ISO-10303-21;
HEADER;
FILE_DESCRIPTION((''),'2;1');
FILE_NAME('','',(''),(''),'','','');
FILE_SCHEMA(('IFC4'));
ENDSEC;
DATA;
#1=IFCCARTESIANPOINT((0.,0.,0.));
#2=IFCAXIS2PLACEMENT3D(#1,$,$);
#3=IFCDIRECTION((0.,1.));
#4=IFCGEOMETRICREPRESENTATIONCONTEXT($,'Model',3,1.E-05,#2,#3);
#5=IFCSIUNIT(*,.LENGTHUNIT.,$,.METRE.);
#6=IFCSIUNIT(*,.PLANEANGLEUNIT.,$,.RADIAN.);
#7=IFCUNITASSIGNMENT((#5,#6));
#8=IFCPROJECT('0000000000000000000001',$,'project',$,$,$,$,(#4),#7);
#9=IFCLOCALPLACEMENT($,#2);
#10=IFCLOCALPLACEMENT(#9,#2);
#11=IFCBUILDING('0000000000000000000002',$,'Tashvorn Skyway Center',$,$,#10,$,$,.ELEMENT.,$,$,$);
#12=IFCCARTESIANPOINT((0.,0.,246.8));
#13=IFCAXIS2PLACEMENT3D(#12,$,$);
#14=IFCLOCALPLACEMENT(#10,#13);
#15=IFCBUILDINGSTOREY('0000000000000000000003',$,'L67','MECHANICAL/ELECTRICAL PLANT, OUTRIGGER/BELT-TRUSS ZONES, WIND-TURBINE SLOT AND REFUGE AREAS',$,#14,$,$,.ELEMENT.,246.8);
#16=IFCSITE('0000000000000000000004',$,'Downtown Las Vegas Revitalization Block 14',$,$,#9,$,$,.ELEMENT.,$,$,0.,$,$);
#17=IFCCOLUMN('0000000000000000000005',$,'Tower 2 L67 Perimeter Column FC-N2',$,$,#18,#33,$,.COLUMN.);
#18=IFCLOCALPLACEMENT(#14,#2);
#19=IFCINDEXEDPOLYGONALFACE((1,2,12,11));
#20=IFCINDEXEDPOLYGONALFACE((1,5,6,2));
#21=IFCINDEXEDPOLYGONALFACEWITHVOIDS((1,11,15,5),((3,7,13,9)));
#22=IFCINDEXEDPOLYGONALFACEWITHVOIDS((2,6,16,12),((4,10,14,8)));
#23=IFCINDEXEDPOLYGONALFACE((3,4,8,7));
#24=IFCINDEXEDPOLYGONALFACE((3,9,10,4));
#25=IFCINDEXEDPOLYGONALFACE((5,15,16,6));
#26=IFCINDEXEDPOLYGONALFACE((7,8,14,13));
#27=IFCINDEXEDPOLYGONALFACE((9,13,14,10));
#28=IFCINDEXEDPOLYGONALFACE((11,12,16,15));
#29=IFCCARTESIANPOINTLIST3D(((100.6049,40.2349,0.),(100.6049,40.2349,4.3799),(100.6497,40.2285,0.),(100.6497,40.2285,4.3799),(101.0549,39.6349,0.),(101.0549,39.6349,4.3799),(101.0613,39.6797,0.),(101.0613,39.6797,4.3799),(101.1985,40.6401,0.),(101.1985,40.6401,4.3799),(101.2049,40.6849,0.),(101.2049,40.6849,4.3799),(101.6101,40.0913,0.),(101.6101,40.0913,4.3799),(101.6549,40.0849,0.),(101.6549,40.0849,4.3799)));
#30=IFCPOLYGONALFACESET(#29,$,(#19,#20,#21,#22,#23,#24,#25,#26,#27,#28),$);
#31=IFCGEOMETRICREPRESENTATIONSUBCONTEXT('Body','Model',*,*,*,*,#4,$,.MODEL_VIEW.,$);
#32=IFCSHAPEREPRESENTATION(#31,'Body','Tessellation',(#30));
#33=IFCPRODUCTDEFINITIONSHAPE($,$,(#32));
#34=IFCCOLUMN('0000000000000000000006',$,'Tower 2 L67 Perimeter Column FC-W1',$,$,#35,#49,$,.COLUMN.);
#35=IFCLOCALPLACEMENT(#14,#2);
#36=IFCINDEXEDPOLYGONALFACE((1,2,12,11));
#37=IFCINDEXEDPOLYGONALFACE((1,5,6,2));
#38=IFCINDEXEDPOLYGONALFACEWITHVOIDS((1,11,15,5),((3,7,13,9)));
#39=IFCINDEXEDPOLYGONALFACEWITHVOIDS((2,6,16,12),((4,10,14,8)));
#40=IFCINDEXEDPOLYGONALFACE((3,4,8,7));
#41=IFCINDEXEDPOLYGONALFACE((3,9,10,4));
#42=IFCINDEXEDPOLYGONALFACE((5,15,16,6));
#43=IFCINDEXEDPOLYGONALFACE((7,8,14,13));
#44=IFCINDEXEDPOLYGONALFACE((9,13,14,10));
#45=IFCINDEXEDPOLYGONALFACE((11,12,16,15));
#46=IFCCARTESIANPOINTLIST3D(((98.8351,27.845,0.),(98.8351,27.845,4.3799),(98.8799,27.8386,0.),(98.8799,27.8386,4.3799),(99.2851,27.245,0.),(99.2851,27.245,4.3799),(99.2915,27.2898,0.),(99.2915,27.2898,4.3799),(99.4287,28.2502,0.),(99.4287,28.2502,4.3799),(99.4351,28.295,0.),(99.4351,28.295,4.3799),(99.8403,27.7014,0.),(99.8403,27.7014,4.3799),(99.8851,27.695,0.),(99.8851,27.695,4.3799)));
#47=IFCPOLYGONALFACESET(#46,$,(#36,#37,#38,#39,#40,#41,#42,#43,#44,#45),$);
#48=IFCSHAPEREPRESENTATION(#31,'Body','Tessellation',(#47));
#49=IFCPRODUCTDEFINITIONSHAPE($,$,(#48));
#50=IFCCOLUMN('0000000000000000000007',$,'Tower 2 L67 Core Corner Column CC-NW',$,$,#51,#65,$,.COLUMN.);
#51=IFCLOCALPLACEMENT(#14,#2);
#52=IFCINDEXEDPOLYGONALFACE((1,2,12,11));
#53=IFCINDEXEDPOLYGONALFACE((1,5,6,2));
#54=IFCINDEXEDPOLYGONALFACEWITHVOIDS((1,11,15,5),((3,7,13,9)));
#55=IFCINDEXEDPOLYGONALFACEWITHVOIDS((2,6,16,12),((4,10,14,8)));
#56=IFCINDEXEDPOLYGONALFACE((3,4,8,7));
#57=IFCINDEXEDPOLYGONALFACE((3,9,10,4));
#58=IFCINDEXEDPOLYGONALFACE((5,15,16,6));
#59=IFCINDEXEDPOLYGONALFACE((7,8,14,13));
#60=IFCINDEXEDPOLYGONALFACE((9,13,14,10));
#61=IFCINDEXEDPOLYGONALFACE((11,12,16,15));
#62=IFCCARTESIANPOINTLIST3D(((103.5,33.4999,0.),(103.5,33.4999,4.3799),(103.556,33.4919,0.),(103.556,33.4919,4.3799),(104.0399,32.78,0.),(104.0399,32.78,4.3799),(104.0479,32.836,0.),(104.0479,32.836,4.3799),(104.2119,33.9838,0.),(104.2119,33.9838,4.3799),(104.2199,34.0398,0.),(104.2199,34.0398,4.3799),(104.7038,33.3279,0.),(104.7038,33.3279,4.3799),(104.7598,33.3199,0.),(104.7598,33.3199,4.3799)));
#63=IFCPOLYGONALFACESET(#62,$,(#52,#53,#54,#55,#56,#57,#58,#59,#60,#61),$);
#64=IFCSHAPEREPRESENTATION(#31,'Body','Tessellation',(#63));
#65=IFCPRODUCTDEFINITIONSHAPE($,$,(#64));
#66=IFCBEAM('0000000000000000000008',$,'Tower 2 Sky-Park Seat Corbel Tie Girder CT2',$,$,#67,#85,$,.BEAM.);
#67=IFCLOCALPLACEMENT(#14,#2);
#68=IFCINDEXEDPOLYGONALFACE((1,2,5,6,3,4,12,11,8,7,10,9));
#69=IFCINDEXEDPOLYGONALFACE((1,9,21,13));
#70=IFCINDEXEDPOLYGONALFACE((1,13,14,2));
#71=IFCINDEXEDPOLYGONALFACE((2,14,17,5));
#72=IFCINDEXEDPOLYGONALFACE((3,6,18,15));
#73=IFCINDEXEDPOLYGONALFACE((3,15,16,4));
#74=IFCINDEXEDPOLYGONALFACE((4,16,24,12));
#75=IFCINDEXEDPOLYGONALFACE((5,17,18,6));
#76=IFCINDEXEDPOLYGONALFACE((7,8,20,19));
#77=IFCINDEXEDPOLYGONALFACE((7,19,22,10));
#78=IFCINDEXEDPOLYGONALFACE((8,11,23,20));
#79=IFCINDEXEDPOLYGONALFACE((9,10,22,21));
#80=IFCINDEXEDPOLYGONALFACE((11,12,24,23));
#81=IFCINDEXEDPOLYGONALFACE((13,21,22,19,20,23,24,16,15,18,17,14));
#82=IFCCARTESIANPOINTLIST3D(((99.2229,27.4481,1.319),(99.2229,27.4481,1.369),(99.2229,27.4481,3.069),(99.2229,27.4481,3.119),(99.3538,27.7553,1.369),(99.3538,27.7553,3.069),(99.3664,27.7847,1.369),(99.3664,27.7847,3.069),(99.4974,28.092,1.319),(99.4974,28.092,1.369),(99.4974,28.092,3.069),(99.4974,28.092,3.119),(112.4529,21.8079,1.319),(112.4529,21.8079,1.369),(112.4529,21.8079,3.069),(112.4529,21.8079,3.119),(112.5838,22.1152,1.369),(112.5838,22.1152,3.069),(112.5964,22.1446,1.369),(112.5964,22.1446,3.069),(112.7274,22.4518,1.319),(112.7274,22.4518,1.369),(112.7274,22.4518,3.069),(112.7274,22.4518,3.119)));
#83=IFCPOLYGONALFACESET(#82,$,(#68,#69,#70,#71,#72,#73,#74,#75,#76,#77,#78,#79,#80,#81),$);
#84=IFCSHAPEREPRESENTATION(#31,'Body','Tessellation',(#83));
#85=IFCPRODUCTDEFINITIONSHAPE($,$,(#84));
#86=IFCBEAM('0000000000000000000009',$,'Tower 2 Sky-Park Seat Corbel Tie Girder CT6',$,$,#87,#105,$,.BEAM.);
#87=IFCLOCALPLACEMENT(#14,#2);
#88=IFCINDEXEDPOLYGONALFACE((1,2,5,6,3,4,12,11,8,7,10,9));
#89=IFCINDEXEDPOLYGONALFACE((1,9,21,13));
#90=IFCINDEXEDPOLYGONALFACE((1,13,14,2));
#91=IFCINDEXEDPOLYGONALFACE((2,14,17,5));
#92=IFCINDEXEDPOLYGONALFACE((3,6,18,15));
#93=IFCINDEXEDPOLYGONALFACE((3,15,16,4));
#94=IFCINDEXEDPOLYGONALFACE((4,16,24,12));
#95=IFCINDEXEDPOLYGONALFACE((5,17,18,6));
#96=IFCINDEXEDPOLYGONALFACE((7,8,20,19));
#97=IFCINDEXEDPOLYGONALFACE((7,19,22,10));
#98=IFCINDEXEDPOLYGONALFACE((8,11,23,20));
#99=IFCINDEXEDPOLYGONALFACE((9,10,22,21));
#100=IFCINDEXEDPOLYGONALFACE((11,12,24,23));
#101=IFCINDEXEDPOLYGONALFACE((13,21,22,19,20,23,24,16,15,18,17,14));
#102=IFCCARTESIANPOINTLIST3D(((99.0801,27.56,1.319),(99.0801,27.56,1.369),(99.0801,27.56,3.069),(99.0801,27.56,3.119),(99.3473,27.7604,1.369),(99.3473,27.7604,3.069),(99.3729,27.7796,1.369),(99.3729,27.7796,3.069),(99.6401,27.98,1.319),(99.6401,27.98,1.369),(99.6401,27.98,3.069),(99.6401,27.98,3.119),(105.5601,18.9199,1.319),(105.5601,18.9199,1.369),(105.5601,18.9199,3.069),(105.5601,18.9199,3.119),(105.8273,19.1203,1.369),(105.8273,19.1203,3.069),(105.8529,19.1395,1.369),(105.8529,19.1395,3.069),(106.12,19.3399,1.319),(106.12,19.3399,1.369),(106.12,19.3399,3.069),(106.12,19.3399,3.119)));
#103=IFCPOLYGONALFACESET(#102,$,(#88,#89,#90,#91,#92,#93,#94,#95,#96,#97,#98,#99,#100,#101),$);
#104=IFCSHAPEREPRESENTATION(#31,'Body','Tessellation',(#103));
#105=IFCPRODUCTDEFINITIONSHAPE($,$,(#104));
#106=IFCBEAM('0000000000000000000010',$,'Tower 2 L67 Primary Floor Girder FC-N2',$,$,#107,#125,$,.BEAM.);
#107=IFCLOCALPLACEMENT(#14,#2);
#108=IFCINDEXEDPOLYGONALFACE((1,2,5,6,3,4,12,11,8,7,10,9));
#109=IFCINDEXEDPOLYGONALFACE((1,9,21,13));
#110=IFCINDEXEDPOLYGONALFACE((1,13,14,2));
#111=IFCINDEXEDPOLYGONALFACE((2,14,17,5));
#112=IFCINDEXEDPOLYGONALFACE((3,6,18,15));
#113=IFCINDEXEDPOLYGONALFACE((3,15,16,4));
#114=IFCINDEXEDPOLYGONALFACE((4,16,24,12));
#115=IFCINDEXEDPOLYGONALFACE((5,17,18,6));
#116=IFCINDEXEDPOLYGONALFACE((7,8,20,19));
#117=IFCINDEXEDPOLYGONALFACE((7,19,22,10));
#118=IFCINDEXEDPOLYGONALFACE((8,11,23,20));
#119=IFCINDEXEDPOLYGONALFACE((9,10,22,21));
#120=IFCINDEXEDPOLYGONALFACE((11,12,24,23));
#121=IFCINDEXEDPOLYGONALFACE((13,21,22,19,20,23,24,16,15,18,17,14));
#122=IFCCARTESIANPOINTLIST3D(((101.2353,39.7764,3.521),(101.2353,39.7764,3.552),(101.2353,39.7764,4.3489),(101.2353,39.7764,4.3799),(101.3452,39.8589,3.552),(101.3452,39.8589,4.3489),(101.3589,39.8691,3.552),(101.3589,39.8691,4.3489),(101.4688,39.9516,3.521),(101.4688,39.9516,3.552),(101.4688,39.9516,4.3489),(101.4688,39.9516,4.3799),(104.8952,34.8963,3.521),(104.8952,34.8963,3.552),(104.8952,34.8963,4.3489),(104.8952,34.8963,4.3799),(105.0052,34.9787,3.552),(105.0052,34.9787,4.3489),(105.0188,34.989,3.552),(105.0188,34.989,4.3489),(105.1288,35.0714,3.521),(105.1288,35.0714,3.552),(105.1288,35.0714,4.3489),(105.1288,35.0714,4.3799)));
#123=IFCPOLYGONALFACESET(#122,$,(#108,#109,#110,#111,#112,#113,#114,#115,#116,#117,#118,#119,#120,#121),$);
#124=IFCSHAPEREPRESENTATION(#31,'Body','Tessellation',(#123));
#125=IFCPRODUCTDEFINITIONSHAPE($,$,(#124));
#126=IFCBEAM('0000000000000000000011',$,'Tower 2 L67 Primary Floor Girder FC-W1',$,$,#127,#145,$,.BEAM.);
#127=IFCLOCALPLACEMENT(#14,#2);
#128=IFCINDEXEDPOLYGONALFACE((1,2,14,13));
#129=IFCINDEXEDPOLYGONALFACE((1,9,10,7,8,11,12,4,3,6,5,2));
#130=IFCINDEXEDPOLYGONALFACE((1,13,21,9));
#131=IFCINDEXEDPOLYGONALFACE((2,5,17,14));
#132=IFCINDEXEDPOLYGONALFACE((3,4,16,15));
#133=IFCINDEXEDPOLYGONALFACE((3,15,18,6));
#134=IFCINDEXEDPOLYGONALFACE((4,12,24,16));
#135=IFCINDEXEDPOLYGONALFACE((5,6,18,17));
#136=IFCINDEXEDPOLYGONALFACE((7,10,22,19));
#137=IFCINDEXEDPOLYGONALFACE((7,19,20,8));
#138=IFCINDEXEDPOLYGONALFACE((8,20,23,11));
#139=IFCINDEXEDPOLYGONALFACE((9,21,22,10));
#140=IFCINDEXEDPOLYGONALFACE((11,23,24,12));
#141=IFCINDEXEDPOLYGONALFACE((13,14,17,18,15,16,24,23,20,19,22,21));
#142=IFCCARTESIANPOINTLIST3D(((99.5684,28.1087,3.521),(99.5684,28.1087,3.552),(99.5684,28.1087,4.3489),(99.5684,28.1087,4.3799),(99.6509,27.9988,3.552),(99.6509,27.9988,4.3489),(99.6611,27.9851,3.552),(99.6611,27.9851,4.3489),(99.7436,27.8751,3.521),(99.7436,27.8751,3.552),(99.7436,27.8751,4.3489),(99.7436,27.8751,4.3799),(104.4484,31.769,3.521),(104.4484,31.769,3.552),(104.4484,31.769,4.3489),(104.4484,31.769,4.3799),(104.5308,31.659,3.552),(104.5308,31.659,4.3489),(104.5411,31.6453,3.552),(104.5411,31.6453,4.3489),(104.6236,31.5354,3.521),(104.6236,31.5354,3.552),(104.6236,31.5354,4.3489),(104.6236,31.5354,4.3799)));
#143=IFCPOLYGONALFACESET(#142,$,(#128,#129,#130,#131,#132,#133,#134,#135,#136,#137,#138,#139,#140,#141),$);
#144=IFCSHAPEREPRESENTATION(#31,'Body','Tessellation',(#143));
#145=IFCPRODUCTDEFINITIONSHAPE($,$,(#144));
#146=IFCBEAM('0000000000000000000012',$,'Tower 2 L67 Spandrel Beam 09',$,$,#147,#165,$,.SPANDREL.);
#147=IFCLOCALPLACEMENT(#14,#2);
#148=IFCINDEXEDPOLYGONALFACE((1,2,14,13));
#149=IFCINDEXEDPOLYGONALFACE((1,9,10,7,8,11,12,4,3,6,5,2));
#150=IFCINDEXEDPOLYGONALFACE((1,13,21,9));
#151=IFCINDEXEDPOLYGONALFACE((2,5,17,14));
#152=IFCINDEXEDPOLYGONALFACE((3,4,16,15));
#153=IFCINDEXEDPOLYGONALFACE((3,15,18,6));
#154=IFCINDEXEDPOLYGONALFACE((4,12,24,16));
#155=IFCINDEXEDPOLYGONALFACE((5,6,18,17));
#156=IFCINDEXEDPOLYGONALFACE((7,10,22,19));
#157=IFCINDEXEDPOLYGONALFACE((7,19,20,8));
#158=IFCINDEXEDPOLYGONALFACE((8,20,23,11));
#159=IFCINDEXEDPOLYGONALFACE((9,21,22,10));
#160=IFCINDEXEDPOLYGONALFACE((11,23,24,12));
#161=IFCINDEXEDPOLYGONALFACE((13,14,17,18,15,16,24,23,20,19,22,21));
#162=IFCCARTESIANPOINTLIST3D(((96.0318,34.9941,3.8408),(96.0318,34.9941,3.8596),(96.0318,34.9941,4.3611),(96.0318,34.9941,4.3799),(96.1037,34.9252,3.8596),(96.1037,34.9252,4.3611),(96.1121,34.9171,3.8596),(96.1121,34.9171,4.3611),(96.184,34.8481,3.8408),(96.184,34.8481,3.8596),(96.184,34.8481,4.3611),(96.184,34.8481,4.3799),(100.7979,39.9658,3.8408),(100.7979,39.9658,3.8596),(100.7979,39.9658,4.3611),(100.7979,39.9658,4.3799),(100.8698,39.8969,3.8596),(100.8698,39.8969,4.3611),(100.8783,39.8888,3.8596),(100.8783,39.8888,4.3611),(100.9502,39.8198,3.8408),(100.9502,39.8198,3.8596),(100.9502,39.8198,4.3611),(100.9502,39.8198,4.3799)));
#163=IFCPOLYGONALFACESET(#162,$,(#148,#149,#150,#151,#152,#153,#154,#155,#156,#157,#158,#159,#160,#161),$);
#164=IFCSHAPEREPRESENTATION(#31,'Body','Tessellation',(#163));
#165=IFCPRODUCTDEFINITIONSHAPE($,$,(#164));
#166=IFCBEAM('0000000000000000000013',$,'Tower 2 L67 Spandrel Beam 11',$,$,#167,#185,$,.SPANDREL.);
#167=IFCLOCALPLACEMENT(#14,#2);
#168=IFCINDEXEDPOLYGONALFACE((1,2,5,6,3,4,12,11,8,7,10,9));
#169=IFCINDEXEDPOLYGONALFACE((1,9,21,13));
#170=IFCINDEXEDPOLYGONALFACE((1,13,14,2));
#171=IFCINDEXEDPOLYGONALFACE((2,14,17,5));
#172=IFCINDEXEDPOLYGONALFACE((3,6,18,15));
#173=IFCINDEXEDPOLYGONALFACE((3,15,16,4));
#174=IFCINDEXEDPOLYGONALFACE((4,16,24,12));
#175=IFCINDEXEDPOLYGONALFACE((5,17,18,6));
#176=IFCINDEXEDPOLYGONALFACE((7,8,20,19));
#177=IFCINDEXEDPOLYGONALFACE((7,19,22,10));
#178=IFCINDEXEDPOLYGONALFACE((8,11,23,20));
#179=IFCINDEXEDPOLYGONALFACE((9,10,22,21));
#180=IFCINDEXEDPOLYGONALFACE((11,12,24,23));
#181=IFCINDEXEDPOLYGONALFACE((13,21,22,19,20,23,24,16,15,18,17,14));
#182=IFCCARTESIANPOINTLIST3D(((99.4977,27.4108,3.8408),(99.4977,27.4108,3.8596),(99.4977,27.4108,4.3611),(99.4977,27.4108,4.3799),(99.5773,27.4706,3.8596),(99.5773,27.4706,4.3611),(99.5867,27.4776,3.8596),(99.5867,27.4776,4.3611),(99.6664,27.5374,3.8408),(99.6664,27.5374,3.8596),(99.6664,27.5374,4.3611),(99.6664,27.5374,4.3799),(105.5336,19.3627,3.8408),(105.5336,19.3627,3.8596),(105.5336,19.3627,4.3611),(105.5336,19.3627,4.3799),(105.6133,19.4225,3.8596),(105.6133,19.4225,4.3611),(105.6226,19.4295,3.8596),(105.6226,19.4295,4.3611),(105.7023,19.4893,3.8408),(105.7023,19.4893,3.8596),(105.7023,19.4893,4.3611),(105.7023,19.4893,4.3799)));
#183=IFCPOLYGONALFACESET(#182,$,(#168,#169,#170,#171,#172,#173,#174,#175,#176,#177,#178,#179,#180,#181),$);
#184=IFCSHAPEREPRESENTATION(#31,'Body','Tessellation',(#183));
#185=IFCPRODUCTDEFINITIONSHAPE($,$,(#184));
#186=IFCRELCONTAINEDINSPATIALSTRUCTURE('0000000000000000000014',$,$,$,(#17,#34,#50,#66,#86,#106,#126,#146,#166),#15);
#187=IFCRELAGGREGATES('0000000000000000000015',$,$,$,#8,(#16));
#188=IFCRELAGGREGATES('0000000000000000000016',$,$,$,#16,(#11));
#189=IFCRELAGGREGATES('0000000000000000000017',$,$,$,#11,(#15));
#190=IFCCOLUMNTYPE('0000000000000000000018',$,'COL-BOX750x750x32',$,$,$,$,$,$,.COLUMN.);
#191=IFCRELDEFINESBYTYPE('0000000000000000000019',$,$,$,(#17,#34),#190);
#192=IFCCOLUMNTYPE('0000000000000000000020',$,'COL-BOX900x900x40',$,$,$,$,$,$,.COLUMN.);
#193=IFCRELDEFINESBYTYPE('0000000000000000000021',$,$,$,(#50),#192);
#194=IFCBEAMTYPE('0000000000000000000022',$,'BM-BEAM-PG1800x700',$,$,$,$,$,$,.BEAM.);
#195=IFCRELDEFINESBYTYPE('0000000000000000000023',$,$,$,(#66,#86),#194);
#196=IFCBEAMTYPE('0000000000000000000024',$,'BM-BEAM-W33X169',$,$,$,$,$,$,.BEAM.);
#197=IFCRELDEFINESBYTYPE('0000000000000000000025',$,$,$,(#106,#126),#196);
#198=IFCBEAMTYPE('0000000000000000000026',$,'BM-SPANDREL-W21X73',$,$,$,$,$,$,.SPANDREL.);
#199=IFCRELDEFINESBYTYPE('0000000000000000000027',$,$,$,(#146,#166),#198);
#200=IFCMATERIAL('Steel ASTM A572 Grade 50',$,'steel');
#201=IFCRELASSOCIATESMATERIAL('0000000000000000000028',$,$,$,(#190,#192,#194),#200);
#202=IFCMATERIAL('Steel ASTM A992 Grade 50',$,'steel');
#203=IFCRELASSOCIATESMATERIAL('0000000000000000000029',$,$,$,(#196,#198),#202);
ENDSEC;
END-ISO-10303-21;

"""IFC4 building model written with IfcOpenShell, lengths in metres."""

from ifc_helpers import new_model, si_unit, direction, frame, origin, origin_2d, place, context, subcontext, project, spatial, hollow_rectangle, i_section, extrude, material, material_profile, profile_set, type_object, element, save


model = new_model("IFC4")

# Units and contexts
model_context = context("Model", 3, precision=1e-05, world=origin(), true_north=direction((0.0, 1.0)))
body_context = subcontext(model_context, "Body", "Model", "MODEL_VIEW")
ifc_project = project(units=[si_unit("LENGTHUNIT", "METRE"), si_unit("PLANEANGLEUNIT", "RADIAN")], contexts=[model_context])

# Site, building, storey
site_placement = place(None, origin())
site = spatial("IfcSite", under=ifc_project, at=site_placement, Name="Downtown Las Vegas Revitalization Block 14", CompositionType="ELEMENT", RefElevation=0.0)
building_placement = place(site_placement, origin())
building = spatial("IfcBuilding", under=site, at=building_placement, Name="Tashvorn Skyway Center", CompositionType="ELEMENT")
storey_placement = place(building_placement, frame((0.0, 0.0, 246.8)))
storey = spatial("IfcBuildingStorey", under=building, at=storey_placement, Name="L67", Description="MECHANICAL/ELECTRICAL PLANT, OUTRIGGER/BELT-TRUSS ZONES, WIND-TURBINE SLOT AND REFUGE AREAS", CompositionType="ELEMENT", Elevation=246.8)

# Columns
ifc_material_1 = material(Name="Steel ASTM A572 Grade 50", Category="steel")
ifc_material_profile_1 = material_profile(ifc_material_1, hollow_rectangle(XDim=0.75, YDim=0.75, WallThickness=0.032, at=origin_2d()), Name="BOX750x750x32")
ifc_profile_set_1 = profile_set([ifc_material_profile_1], Name="Steel ASTM A572 Grade 50")
column_type_1 = type_object("IfcColumnType", Name="COL-BOX750x750x32", PredefinedType="COLUMN", material=ifc_profile_set_1)
for number, where, z_axis, x_axis, name in (
    (1, (101.1299, 40.1599, 0.0), (0.0, 0.0, 1.0), (0.8, 0.6, 0.0), "Tower 2 L67 Perimeter Column FC-N2"),
    (2, (99.3601, 27.77, 0.0), (0.0, 0.0, 1.0), (0.8, 0.6, 0.0), "Tower 2 L67 Perimeter Column FC-W1"),
):
    element("IfcColumn", number, at=place(storey_placement, frame(where, z_axis=z_axis, x_axis=x_axis)), inside=storey, type_object=column_type_1, Name=name, PredefinedType="COLUMN", context=body_context, shape_type="SweptSolid", body=[
        extrude(hollow_rectangle(XDim=0.75, YDim=0.75, WallThickness=0.032, at=origin_2d()), origin(), (0.0, 0.0, 1.0), 4.3799),
    ])
ifc_material_profile_2 = material_profile(ifc_material_1, hollow_rectangle(XDim=0.8999, YDim=0.8999, WallThickness=0.04, at=origin_2d()), Name="BOX900x900x40")
ifc_profile_set_2 = profile_set([ifc_material_profile_2], Name="Steel ASTM A572 Grade 50")
column_type_2 = type_object("IfcColumnType", Name="COL-BOX900x900x40", PredefinedType="COLUMN", material=ifc_profile_set_2)
column_placement = place(storey_placement, frame((104.1299, 33.4099, 0.0), z_axis=(0.0, 0.0, 1.0), x_axis=(0.8, 0.6, 0.0)))
element("IfcColumn", 3, at=column_placement, inside=storey, type_object=column_type_2, Name="Tower 2 L67 Core Corner Column CC-NW", PredefinedType="COLUMN", context=body_context, shape_type="SweptSolid", body=[
    extrude(hollow_rectangle(XDim=0.8999, YDim=0.8999, WallThickness=0.04, at=origin_2d()), origin(), (0.0, 0.0, 1.0), 4.3799),
])

# Beams
ifc_material_profile_3 = material_profile(ifc_material_1, i_section(OverallWidth=0.7, OverallDepth=1.8, WebThickness=0.032, FlangeThickness=0.05, at=origin_2d()), Name="PG1800x700")
ifc_profile_set_3 = profile_set([ifc_material_profile_3], Name="Steel ASTM A572 Grade 50")
beam_type_1 = type_object("IfcBeamType", Name="BM-BEAM-PG1800x700", PredefinedType="BEAM", material=ifc_profile_set_3)
beam_1_placement = place(storey_placement, frame((99.3601, 27.77, 2.219), z_axis=(0.919895, -0.392165, 0.0), x_axis=(0.392165, 0.919895, 0.0)))
element("IfcBeam", 4, at=beam_1_placement, inside=storey, type_object=beam_type_1, Name="Tower 2 Sky-Park Seat Corbel Tie Girder CT2", PredefinedType="BEAM", context=body_context, shape_type="SweptSolid", body=[
    extrude(i_section(OverallWidth=0.7, OverallDepth=1.8, WebThickness=0.032, FlangeThickness=0.05, at=origin_2d()), origin(), (0.0, 0.0, 1.0), 14.3821),
])
beam_2_placement = place(storey_placement, frame((99.3601, 27.77, 2.219), z_axis=(0.599993, -0.800005, 0.0), x_axis=(0.800005, 0.599993, 0.0)))
element("IfcBeam", 5, at=beam_2_placement, inside=storey, type_object=beam_type_1, Name="Tower 2 Sky-Park Seat Corbel Tie Girder CT6", PredefinedType="BEAM", context=body_context, shape_type="SweptSolid", body=[
    extrude(i_section(OverallWidth=0.7, OverallDepth=1.8, WebThickness=0.032, FlangeThickness=0.05, at=origin_2d()), origin(), (0.0, 0.0, 1.0), 10.8),
])
ifc_material_2 = material(Name="Steel ASTM A992 Grade 50", Category="steel")
ifc_material_profile_4 = material_profile(ifc_material_2, i_section(OverallWidth=0.292, OverallDepth=0.8589, WebThickness=0.0171, FlangeThickness=0.031, at=origin_2d()), Name="W33X169")
ifc_profile_set_4 = profile_set([ifc_material_profile_4], Name="Steel ASTM A992 Grade 50")
beam_type_2 = type_object("IfcBeamType", Name="BM-BEAM-W33X169", PredefinedType="BEAM", material=ifc_profile_set_4)
for number, where, z_axis, x_axis, name in (
    (6, (101.3521, 39.864, 3.9504), (0.599981, -0.800014, 0.0), (0.800014, 0.599981, 0.0), "Tower 2 L67 Primary Floor Girder FC-N2"),
    (7, (99.656, 27.9919, 3.9504), (0.799981, 0.600026, 0.0), (-0.600026, 0.799981, 0.0), "Tower 2 L67 Primary Floor Girder FC-W1"),
):
    element("IfcBeam", number, at=place(storey_placement, frame(where, z_axis=z_axis, x_axis=x_axis)), inside=storey, type_object=beam_type_2, Name=name, PredefinedType="BEAM", context=body_context, shape_type="SweptSolid", body=[
        extrude(i_section(OverallWidth=0.292, OverallDepth=0.8589, WebThickness=0.0171, FlangeThickness=0.031, at=origin_2d()), origin(), (0.0, 0.0, 1.0), 6.1001),
    ])
ifc_material_profile_5 = material_profile(ifc_material_2, i_section(OverallWidth=0.2109, OverallDepth=0.5391, WebThickness=0.0117, FlangeThickness=0.0188, at=origin_2d()), Name="W21X73")
ifc_profile_set_5 = profile_set([ifc_material_profile_5], Name="Steel ASTM A992 Grade 50")
beam_type_3 = type_object("IfcBeamType", Name="BM-SPANDREL-W21X73", PredefinedType="SPANDREL", material=ifc_profile_set_5)
beam_3_placement = place(storey_placement, frame((100.874, 39.8928, 4.1104), z_axis=(-0.692025, -0.721873, 0.0), x_axis=(0.721873, -0.692025, 0.0)))
element("IfcBeam", 8, at=beam_3_placement, inside=storey, type_object=beam_type_3, Name="Tower 2 L67 Spandrel Beam 09", PredefinedType="SPANDREL", context=body_context, shape_type="SweptSolid", body=[
    extrude(i_section(OverallWidth=0.2109, OverallDepth=0.5391, WebThickness=0.0117, FlangeThickness=0.0188, at=origin_2d()), origin(), (0.0, 0.0, 1.0), 6.8872),
])
beam_4_placement = place(storey_placement, frame((99.582, 27.4741, 4.1104), z_axis=(0.599988, -0.800009, 0.0), x_axis=(0.800009, 0.599988, 0.0)))
element("IfcBeam", 9, at=beam_4_placement, inside=storey, type_object=beam_type_3, Name="Tower 2 L67 Spandrel Beam 11", PredefinedType="SPANDREL", context=body_context, shape_type="SweptSolid", body=[
    extrude(i_section(OverallWidth=0.2109, OverallDepth=0.5391, WebThickness=0.0117, FlangeThickness=0.0188, at=origin_2d()), origin(), (0.0, 0.0, 1.0), 10.0601),
])

save(model, "model.ifc")
